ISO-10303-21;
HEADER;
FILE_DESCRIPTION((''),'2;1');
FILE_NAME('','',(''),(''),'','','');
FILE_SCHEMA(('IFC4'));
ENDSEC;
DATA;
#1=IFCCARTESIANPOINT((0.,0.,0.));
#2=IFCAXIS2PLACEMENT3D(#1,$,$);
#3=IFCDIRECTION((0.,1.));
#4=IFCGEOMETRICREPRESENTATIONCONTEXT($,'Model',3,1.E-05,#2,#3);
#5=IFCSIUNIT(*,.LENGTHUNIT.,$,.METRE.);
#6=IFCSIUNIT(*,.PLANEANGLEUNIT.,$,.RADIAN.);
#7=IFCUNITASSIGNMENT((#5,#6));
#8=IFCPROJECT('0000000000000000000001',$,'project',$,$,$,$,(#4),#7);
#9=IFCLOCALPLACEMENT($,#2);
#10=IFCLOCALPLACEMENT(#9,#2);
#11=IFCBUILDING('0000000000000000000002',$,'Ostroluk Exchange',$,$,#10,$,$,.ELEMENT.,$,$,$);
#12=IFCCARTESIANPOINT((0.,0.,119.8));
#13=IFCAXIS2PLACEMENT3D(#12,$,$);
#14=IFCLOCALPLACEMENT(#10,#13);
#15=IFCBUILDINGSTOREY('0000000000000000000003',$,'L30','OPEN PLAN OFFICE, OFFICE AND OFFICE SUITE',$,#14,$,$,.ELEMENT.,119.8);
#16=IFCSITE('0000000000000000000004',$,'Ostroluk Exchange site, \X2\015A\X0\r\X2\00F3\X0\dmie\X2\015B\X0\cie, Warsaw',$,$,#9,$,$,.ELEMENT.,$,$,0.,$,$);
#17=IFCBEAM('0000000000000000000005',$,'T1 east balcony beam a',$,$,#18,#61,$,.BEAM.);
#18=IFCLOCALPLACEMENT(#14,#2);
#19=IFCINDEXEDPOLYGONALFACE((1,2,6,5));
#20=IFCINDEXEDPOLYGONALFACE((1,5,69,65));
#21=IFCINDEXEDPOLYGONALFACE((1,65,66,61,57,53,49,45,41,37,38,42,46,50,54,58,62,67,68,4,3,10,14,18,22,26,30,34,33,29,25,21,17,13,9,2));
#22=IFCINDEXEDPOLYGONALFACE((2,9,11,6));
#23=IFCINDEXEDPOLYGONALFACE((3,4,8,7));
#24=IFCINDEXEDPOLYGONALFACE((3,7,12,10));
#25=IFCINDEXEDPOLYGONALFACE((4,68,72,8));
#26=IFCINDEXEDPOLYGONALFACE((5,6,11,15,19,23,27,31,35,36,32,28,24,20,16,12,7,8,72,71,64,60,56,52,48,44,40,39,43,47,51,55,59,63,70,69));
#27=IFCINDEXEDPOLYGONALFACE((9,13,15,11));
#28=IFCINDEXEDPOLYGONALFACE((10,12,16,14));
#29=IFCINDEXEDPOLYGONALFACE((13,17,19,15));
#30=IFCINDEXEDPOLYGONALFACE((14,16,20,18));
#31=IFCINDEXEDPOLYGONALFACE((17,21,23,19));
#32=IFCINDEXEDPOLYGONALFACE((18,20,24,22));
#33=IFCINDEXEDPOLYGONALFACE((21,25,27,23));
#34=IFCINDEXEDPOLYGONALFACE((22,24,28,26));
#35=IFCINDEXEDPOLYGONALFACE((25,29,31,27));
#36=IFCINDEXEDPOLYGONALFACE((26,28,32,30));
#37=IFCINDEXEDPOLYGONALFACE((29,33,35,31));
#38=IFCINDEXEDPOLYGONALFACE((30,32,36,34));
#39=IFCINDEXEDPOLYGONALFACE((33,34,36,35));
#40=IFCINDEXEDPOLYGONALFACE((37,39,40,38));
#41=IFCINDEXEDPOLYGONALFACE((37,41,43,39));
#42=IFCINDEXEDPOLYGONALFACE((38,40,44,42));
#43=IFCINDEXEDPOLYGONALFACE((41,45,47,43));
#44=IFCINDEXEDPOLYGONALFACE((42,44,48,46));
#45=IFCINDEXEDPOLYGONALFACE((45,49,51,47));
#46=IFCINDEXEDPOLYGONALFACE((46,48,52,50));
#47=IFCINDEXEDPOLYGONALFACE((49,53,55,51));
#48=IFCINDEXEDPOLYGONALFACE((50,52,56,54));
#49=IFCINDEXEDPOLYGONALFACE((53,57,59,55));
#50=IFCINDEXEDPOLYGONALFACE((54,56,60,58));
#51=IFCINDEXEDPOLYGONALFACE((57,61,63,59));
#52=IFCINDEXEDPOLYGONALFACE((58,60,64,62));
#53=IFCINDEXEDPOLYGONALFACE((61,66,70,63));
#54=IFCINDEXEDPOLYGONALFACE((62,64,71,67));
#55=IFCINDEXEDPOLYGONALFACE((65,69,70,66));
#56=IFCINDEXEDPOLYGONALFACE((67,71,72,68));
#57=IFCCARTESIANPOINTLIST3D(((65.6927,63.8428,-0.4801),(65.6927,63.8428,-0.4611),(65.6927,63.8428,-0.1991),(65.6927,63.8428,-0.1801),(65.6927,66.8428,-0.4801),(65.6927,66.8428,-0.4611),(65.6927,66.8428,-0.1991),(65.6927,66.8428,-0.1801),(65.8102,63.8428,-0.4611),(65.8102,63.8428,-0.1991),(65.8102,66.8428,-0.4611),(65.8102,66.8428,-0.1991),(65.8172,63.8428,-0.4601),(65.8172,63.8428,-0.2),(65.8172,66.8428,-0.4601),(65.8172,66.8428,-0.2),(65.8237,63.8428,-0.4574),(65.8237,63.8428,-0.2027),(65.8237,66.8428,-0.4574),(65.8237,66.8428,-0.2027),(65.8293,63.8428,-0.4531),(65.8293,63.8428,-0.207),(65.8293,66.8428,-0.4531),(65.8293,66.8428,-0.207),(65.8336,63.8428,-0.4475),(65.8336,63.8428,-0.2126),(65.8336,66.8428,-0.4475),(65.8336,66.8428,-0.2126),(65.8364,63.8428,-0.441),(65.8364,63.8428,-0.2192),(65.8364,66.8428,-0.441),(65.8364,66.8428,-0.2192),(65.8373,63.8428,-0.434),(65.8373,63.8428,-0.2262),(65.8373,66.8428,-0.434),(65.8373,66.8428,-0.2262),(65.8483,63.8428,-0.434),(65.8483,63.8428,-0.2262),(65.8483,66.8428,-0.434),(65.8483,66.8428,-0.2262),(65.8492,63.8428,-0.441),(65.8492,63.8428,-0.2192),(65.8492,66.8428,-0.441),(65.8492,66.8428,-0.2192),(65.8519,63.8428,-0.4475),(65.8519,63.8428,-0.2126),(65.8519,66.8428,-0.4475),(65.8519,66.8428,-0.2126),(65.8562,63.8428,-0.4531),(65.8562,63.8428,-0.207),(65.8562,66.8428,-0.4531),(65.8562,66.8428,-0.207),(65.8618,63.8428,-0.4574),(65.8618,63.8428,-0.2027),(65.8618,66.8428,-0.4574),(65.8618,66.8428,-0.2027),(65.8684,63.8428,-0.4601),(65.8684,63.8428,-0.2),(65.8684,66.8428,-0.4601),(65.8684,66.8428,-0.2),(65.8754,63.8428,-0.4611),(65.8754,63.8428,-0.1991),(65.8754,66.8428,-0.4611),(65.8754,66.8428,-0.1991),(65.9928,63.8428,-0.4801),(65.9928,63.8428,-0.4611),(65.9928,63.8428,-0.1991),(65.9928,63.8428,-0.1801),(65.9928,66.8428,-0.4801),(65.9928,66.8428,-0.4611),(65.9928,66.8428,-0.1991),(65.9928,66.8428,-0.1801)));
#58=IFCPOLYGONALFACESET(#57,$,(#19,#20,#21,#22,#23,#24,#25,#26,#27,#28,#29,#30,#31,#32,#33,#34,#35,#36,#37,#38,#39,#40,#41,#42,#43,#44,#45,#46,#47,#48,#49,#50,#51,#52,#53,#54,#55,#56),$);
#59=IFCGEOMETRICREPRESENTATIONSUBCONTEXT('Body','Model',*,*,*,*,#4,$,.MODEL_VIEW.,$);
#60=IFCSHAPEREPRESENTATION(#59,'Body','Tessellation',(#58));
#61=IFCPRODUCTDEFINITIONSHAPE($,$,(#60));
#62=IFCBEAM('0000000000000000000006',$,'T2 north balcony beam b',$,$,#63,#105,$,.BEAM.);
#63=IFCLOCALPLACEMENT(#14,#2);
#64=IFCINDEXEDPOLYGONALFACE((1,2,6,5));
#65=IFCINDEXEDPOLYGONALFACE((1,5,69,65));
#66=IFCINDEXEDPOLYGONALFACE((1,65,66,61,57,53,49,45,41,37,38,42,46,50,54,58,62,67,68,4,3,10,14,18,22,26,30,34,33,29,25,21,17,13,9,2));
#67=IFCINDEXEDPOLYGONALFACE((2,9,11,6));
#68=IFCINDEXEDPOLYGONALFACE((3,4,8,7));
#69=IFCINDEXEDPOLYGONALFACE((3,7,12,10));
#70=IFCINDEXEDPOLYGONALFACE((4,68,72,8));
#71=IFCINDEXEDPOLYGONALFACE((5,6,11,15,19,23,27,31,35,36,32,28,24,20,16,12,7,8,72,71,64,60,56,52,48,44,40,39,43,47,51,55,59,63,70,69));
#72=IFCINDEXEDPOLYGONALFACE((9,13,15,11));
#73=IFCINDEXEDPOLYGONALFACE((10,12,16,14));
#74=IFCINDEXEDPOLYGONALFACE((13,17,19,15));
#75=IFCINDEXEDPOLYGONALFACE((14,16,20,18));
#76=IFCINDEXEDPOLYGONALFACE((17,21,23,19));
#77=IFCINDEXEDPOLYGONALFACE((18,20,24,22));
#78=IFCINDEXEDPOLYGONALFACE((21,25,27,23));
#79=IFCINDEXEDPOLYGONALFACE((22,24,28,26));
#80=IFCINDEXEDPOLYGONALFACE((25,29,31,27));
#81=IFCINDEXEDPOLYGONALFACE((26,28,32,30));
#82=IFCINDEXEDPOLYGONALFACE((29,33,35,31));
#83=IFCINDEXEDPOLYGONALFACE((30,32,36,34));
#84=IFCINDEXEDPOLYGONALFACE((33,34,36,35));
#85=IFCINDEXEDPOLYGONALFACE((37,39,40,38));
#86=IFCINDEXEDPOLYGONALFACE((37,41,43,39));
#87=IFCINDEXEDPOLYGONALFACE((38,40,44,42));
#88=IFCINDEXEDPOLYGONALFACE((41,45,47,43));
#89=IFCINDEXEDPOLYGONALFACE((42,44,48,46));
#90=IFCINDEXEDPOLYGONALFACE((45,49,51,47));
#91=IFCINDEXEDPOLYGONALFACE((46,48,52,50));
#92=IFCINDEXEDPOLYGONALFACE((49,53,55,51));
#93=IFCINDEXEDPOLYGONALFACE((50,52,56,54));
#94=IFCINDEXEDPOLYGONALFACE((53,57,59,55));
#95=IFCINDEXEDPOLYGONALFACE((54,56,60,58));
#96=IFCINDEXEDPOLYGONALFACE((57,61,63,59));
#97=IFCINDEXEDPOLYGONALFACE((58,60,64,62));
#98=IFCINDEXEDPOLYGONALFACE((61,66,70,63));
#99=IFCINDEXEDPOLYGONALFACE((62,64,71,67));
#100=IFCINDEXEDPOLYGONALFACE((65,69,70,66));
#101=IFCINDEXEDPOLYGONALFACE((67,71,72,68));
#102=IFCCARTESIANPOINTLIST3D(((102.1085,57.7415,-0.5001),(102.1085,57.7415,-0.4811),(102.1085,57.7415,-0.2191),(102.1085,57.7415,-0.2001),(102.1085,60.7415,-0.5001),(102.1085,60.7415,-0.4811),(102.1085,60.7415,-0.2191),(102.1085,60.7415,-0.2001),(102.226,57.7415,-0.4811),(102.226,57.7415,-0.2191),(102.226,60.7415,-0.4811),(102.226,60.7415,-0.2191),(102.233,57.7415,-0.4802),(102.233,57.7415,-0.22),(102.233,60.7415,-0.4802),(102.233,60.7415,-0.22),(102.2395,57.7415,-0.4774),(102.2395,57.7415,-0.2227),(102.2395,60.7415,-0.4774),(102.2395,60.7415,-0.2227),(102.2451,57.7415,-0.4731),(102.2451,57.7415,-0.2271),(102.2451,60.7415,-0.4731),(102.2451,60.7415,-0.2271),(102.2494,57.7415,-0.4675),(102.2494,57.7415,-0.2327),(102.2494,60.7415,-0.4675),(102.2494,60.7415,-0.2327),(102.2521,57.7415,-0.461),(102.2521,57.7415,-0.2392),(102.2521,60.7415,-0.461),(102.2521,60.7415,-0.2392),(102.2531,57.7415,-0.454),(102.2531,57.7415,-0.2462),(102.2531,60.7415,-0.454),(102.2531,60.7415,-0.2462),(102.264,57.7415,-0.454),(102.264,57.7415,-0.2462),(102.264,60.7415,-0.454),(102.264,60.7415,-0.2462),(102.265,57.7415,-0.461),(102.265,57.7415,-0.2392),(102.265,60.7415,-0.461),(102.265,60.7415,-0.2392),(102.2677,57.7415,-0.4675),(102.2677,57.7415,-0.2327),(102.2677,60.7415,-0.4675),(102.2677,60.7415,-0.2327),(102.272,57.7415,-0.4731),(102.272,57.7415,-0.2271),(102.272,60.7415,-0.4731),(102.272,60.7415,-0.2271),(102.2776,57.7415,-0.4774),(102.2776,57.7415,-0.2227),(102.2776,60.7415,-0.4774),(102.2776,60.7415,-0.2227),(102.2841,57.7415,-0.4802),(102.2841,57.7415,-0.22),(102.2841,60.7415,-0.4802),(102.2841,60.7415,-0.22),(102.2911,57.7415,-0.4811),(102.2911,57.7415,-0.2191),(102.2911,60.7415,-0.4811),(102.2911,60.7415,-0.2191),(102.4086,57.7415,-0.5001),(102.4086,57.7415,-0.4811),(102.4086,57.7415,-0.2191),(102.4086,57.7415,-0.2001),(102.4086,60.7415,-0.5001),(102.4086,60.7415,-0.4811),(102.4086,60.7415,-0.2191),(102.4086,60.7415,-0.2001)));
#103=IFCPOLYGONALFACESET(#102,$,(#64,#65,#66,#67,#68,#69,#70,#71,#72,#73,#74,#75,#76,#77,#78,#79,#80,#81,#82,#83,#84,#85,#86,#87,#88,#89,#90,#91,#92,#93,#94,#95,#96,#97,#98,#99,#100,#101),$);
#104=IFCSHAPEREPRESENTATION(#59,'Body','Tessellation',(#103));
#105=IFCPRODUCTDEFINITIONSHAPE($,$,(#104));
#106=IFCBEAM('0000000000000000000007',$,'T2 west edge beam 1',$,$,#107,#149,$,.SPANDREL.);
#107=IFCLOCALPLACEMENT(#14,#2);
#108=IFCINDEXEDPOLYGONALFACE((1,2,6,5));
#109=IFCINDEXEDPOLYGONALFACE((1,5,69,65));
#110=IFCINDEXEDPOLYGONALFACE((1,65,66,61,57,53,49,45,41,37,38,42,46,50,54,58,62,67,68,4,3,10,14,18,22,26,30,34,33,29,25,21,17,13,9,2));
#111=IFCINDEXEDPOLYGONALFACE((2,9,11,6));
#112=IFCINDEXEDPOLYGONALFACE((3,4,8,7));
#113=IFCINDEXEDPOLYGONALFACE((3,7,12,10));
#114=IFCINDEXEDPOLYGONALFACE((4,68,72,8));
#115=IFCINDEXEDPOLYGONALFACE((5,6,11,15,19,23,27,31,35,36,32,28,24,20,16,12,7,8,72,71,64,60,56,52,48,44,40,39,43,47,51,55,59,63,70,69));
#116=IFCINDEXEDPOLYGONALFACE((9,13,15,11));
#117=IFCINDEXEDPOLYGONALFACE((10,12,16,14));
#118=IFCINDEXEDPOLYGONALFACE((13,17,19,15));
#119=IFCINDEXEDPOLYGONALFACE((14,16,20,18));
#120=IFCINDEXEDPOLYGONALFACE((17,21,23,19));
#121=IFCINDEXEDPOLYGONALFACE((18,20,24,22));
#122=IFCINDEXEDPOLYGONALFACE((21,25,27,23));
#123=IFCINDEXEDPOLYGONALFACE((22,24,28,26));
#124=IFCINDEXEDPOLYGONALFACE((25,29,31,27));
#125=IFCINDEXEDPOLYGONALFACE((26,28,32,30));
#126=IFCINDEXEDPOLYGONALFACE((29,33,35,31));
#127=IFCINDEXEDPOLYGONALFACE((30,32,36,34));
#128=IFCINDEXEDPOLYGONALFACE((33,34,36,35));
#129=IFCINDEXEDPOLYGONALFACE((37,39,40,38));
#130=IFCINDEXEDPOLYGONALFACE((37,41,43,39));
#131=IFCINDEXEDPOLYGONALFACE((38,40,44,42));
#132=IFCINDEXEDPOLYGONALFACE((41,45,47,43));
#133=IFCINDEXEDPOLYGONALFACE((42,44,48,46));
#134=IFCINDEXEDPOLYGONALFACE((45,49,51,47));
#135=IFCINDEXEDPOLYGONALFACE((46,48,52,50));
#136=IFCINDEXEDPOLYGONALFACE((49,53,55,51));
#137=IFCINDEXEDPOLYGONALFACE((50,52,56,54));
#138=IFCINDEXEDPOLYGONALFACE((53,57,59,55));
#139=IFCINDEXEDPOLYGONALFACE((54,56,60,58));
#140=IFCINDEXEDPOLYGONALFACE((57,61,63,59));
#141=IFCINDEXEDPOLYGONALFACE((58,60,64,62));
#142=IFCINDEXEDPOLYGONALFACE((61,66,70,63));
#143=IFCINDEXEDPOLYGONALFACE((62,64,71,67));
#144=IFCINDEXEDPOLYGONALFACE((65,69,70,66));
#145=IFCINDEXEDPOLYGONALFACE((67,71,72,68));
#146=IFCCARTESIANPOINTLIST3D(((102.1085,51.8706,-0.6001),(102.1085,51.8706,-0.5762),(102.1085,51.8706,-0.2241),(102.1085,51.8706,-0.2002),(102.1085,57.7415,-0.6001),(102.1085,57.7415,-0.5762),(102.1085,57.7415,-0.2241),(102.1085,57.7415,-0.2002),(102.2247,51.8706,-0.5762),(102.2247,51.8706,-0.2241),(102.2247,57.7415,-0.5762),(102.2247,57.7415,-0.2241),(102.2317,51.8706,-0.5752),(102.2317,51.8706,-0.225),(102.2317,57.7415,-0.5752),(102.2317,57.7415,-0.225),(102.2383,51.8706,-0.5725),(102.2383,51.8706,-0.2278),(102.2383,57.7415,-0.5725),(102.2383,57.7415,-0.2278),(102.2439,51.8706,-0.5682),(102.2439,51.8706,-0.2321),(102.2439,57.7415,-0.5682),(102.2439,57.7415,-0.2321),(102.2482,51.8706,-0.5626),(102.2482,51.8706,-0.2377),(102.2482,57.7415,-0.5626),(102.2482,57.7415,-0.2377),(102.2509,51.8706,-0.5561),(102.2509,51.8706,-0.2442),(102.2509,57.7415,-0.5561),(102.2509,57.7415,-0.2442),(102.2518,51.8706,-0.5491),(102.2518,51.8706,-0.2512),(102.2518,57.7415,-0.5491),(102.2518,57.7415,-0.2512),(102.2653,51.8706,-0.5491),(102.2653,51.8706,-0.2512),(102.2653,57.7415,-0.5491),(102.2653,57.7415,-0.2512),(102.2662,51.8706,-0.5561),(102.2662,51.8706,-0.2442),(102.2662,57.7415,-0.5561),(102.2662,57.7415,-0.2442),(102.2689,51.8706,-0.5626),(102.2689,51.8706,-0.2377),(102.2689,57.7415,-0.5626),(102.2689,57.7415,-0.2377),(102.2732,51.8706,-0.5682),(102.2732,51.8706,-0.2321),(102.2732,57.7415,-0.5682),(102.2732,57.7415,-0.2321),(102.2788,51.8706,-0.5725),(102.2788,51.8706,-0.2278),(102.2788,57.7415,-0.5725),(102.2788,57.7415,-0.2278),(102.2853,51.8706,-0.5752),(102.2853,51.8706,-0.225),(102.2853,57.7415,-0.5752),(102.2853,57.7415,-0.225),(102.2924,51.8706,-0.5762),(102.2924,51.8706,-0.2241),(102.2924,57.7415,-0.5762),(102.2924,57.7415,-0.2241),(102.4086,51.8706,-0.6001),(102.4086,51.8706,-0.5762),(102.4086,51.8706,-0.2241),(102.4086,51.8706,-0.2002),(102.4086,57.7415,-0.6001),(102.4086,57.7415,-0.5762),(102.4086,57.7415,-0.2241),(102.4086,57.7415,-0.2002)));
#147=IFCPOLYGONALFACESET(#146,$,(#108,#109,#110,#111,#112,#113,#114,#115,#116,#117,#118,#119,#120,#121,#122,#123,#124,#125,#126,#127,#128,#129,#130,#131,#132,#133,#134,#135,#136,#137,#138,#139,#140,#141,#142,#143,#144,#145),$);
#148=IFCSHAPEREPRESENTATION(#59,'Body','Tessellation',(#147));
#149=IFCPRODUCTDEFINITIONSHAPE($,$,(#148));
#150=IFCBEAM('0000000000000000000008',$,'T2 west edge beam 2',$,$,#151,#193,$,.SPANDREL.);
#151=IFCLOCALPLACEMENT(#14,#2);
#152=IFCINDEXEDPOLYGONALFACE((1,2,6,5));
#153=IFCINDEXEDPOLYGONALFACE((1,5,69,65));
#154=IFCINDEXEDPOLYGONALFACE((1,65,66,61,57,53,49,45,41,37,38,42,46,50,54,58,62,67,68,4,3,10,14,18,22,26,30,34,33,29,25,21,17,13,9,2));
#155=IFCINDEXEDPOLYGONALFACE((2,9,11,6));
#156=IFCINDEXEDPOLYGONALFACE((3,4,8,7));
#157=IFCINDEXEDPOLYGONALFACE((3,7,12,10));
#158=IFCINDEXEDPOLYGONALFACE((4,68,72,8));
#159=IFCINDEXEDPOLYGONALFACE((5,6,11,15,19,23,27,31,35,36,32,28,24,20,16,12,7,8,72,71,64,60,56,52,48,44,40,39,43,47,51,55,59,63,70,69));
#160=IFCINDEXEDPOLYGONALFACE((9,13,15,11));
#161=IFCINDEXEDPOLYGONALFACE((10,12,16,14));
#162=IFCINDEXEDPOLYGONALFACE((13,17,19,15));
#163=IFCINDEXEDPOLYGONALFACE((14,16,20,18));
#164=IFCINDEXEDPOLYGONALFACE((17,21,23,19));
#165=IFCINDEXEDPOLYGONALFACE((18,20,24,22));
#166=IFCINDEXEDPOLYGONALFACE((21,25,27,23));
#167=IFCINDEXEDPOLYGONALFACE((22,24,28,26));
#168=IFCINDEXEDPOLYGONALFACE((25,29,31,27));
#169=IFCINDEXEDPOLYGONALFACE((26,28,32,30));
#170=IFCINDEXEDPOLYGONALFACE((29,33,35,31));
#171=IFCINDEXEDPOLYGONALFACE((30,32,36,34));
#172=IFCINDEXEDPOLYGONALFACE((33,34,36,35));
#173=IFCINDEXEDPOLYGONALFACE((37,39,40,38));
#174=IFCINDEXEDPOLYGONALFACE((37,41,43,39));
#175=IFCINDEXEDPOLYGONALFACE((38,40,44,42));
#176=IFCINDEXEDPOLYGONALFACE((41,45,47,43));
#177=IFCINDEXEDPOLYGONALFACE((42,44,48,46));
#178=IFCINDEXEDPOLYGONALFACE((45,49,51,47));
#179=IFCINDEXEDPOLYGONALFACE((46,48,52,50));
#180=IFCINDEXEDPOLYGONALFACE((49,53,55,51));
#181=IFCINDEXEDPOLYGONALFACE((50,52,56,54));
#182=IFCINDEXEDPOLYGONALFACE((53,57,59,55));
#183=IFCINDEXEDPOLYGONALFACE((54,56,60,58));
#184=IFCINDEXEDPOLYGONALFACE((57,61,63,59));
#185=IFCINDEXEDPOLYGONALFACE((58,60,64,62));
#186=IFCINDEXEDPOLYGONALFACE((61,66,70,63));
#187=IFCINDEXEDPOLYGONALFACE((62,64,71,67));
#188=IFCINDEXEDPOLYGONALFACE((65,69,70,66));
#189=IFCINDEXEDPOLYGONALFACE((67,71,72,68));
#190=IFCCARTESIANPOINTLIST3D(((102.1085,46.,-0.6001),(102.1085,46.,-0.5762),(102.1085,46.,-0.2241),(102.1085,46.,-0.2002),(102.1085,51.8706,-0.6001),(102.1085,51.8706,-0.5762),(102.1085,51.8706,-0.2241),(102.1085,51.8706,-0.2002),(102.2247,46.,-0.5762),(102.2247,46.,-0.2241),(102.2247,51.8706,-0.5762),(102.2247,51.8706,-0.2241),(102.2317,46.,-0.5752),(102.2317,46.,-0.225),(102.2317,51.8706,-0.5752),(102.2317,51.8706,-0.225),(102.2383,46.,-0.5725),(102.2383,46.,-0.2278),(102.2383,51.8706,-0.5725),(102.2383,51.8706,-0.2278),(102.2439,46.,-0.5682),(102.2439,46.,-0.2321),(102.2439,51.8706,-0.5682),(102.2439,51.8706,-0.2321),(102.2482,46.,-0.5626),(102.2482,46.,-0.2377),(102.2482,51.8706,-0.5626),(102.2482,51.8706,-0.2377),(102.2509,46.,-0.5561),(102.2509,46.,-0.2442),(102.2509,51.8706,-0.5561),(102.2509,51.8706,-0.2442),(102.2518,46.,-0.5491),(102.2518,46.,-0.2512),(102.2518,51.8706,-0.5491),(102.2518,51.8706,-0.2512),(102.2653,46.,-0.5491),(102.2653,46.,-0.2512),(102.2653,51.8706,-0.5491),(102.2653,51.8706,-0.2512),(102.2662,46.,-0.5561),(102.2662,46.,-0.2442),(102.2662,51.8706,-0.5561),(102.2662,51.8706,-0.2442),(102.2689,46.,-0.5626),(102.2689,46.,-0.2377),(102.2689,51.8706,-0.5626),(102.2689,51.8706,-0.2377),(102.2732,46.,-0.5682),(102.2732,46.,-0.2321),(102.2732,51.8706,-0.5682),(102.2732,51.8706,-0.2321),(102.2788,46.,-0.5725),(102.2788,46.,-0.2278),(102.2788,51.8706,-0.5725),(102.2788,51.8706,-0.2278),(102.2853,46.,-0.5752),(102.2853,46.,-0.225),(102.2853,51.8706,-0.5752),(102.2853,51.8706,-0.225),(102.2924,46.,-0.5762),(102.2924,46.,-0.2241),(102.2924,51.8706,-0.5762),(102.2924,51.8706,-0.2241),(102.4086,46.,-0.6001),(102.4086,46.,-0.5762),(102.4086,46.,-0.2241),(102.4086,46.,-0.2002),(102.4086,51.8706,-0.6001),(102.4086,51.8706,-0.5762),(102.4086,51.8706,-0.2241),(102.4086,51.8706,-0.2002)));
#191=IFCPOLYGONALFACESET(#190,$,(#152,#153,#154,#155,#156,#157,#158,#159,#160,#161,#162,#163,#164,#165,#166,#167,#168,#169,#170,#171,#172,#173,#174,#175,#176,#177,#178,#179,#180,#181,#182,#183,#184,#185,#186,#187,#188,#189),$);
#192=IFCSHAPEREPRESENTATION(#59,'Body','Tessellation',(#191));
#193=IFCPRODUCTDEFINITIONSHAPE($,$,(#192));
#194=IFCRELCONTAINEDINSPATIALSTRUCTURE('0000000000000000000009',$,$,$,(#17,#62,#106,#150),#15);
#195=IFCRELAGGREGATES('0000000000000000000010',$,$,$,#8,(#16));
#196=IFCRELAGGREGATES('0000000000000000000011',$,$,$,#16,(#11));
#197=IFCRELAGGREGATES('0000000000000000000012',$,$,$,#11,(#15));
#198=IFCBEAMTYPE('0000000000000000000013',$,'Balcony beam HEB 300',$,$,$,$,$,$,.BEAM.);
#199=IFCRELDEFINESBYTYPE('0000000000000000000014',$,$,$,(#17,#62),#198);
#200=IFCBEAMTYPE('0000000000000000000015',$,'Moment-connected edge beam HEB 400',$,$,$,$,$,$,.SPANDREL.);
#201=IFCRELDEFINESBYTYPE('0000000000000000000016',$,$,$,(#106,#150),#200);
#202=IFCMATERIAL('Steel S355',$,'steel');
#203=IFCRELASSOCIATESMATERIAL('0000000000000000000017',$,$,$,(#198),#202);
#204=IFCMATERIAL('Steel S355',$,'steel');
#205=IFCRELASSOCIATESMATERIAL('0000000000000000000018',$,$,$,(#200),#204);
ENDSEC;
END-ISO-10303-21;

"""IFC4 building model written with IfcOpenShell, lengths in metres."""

from ifc_helpers import new_model, si_unit, direction, frame, origin, origin_2d, place, context, subcontext, project, spatial, i_section, extrude, material, material_profile, profile_set, type_object, element, save


model = new_model("IFC4")

# Units and contexts
model_context = context("Model", 3, precision=1e-05, world=origin(), true_north=direction((0.0, 1.0)))
body_context = subcontext(model_context, "Body", "Model", "MODEL_VIEW")
ifc_project = project(units=[si_unit("LENGTHUNIT", "METRE"), si_unit("PLANEANGLEUNIT", "RADIAN")], contexts=[model_context])

# Site, building, storey
site_placement = place(None, origin())
site = spatial("IfcSite", under=ifc_project, at=site_placement, Name="Ostroluk Exchange site, Śródmieście, Warsaw", CompositionType="ELEMENT", RefElevation=0.0)
building_placement = place(site_placement, origin())
building = spatial("IfcBuilding", under=site, at=building_placement, Name="Ostroluk Exchange", CompositionType="ELEMENT")
storey_placement = place(building_placement, frame((0.0, 0.0, 119.8)))
storey = spatial("IfcBuildingStorey", under=building, at=storey_placement, Name="L30", Description="OPEN PLAN OFFICE, OFFICE AND OFFICE SUITE", CompositionType="ELEMENT", Elevation=119.8)

# Beams
ifc_material_1 = material(Name="Steel S355", Category="steel")
ifc_material_profile_1 = material_profile(ifc_material_1, i_section(OverallWidth=0.3, OverallDepth=0.3, WebThickness=0.011, FlangeThickness=0.019, FilletRadius=0.0271, at=origin_2d()), Name="HEB 300")
ifc_profile_set_1 = profile_set([ifc_material_profile_1], Name="Steel S355")
beam_type_1 = type_object("IfcBeamType", Name="Balcony beam HEB 300", PredefinedType="BEAM", material=ifc_profile_set_1)
for number, where, z_axis, x_axis, name in (
    (1, (65.8428, 63.8428, -0.3301), (0.0, 1.0, 0.0), (-1.0, 0.0, 0.0), "T1 east balcony beam a"),
    (2, (102.2585, 57.7415, -0.3501), (0.0, 1.0, 0.0), (-1.0, 0.0, 0.0), "T2 north balcony beam b"),
):
    element("IfcBeam", number, at=place(storey_placement, frame(where, z_axis=z_axis, x_axis=x_axis)), inside=storey, type_object=beam_type_1, Name=name, PredefinedType="BEAM", context=body_context, shape_type="SweptSolid", body=[
        extrude(i_section(OverallWidth=0.3, OverallDepth=0.3, WebThickness=0.011, FlangeThickness=0.019, FilletRadius=0.0271, at=origin_2d()), origin(), (0.0, 0.0, 1.0), 3.0),
    ])
ifc_material_2 = material(Name="Steel S355", Category="steel")
ifc_material_profile_2 = material_profile(ifc_material_2, i_section(OverallWidth=0.3, OverallDepth=0.3999, WebThickness=0.0134, FlangeThickness=0.0239, FilletRadius=0.0271, at=origin_2d()), Name="HEB 400")
ifc_profile_set_2 = profile_set([ifc_material_profile_2], Name="Steel S355")
beam_type_2 = type_object("IfcBeamType", Name="Moment-connected edge beam HEB 400", PredefinedType="SPANDREL", material=ifc_profile_set_2)
beam_1_placement = place(storey_placement, frame((102.2585, 57.7415, -0.4001), z_axis=(0.0, -1.0, 0.0), x_axis=(1.0, 0.0, 0.0)))
element("IfcBeam", 3, at=beam_1_placement, inside=storey, type_object=beam_type_2, Name="T2 west edge beam 1", PredefinedType="SPANDREL", context=body_context, shape_type="SweptSolid", body=[
    extrude(i_section(OverallWidth=0.3, OverallDepth=0.3999, WebThickness=0.0134, FlangeThickness=0.0239, FilletRadius=0.0271, at=origin_2d()), origin(), (0.0, 0.0, 1.0), 5.8708),
])
for number, where, z_axis, x_axis, name in (
    (4, (102.2585, 51.8706, -0.4001), (0.0, -1.0, 0.0), (1.0, 0.0, 0.0), "T2 west edge beam 2"),
):
    element("IfcBeam", number, at=place(storey_placement, frame(where, z_axis=z_axis, x_axis=x_axis)), inside=storey, type_object=beam_type_2, Name=name, PredefinedType="SPANDREL", context=body_context, shape_type="SweptSolid", body=[
        extrude(i_section(OverallWidth=0.3, OverallDepth=0.3999, WebThickness=0.0134, FlangeThickness=0.0239, FilletRadius=0.0271, at=origin_2d()), origin(), (0.0, 0.0, 1.0), 5.8706),
    ])

save(model, "model.ifc")
